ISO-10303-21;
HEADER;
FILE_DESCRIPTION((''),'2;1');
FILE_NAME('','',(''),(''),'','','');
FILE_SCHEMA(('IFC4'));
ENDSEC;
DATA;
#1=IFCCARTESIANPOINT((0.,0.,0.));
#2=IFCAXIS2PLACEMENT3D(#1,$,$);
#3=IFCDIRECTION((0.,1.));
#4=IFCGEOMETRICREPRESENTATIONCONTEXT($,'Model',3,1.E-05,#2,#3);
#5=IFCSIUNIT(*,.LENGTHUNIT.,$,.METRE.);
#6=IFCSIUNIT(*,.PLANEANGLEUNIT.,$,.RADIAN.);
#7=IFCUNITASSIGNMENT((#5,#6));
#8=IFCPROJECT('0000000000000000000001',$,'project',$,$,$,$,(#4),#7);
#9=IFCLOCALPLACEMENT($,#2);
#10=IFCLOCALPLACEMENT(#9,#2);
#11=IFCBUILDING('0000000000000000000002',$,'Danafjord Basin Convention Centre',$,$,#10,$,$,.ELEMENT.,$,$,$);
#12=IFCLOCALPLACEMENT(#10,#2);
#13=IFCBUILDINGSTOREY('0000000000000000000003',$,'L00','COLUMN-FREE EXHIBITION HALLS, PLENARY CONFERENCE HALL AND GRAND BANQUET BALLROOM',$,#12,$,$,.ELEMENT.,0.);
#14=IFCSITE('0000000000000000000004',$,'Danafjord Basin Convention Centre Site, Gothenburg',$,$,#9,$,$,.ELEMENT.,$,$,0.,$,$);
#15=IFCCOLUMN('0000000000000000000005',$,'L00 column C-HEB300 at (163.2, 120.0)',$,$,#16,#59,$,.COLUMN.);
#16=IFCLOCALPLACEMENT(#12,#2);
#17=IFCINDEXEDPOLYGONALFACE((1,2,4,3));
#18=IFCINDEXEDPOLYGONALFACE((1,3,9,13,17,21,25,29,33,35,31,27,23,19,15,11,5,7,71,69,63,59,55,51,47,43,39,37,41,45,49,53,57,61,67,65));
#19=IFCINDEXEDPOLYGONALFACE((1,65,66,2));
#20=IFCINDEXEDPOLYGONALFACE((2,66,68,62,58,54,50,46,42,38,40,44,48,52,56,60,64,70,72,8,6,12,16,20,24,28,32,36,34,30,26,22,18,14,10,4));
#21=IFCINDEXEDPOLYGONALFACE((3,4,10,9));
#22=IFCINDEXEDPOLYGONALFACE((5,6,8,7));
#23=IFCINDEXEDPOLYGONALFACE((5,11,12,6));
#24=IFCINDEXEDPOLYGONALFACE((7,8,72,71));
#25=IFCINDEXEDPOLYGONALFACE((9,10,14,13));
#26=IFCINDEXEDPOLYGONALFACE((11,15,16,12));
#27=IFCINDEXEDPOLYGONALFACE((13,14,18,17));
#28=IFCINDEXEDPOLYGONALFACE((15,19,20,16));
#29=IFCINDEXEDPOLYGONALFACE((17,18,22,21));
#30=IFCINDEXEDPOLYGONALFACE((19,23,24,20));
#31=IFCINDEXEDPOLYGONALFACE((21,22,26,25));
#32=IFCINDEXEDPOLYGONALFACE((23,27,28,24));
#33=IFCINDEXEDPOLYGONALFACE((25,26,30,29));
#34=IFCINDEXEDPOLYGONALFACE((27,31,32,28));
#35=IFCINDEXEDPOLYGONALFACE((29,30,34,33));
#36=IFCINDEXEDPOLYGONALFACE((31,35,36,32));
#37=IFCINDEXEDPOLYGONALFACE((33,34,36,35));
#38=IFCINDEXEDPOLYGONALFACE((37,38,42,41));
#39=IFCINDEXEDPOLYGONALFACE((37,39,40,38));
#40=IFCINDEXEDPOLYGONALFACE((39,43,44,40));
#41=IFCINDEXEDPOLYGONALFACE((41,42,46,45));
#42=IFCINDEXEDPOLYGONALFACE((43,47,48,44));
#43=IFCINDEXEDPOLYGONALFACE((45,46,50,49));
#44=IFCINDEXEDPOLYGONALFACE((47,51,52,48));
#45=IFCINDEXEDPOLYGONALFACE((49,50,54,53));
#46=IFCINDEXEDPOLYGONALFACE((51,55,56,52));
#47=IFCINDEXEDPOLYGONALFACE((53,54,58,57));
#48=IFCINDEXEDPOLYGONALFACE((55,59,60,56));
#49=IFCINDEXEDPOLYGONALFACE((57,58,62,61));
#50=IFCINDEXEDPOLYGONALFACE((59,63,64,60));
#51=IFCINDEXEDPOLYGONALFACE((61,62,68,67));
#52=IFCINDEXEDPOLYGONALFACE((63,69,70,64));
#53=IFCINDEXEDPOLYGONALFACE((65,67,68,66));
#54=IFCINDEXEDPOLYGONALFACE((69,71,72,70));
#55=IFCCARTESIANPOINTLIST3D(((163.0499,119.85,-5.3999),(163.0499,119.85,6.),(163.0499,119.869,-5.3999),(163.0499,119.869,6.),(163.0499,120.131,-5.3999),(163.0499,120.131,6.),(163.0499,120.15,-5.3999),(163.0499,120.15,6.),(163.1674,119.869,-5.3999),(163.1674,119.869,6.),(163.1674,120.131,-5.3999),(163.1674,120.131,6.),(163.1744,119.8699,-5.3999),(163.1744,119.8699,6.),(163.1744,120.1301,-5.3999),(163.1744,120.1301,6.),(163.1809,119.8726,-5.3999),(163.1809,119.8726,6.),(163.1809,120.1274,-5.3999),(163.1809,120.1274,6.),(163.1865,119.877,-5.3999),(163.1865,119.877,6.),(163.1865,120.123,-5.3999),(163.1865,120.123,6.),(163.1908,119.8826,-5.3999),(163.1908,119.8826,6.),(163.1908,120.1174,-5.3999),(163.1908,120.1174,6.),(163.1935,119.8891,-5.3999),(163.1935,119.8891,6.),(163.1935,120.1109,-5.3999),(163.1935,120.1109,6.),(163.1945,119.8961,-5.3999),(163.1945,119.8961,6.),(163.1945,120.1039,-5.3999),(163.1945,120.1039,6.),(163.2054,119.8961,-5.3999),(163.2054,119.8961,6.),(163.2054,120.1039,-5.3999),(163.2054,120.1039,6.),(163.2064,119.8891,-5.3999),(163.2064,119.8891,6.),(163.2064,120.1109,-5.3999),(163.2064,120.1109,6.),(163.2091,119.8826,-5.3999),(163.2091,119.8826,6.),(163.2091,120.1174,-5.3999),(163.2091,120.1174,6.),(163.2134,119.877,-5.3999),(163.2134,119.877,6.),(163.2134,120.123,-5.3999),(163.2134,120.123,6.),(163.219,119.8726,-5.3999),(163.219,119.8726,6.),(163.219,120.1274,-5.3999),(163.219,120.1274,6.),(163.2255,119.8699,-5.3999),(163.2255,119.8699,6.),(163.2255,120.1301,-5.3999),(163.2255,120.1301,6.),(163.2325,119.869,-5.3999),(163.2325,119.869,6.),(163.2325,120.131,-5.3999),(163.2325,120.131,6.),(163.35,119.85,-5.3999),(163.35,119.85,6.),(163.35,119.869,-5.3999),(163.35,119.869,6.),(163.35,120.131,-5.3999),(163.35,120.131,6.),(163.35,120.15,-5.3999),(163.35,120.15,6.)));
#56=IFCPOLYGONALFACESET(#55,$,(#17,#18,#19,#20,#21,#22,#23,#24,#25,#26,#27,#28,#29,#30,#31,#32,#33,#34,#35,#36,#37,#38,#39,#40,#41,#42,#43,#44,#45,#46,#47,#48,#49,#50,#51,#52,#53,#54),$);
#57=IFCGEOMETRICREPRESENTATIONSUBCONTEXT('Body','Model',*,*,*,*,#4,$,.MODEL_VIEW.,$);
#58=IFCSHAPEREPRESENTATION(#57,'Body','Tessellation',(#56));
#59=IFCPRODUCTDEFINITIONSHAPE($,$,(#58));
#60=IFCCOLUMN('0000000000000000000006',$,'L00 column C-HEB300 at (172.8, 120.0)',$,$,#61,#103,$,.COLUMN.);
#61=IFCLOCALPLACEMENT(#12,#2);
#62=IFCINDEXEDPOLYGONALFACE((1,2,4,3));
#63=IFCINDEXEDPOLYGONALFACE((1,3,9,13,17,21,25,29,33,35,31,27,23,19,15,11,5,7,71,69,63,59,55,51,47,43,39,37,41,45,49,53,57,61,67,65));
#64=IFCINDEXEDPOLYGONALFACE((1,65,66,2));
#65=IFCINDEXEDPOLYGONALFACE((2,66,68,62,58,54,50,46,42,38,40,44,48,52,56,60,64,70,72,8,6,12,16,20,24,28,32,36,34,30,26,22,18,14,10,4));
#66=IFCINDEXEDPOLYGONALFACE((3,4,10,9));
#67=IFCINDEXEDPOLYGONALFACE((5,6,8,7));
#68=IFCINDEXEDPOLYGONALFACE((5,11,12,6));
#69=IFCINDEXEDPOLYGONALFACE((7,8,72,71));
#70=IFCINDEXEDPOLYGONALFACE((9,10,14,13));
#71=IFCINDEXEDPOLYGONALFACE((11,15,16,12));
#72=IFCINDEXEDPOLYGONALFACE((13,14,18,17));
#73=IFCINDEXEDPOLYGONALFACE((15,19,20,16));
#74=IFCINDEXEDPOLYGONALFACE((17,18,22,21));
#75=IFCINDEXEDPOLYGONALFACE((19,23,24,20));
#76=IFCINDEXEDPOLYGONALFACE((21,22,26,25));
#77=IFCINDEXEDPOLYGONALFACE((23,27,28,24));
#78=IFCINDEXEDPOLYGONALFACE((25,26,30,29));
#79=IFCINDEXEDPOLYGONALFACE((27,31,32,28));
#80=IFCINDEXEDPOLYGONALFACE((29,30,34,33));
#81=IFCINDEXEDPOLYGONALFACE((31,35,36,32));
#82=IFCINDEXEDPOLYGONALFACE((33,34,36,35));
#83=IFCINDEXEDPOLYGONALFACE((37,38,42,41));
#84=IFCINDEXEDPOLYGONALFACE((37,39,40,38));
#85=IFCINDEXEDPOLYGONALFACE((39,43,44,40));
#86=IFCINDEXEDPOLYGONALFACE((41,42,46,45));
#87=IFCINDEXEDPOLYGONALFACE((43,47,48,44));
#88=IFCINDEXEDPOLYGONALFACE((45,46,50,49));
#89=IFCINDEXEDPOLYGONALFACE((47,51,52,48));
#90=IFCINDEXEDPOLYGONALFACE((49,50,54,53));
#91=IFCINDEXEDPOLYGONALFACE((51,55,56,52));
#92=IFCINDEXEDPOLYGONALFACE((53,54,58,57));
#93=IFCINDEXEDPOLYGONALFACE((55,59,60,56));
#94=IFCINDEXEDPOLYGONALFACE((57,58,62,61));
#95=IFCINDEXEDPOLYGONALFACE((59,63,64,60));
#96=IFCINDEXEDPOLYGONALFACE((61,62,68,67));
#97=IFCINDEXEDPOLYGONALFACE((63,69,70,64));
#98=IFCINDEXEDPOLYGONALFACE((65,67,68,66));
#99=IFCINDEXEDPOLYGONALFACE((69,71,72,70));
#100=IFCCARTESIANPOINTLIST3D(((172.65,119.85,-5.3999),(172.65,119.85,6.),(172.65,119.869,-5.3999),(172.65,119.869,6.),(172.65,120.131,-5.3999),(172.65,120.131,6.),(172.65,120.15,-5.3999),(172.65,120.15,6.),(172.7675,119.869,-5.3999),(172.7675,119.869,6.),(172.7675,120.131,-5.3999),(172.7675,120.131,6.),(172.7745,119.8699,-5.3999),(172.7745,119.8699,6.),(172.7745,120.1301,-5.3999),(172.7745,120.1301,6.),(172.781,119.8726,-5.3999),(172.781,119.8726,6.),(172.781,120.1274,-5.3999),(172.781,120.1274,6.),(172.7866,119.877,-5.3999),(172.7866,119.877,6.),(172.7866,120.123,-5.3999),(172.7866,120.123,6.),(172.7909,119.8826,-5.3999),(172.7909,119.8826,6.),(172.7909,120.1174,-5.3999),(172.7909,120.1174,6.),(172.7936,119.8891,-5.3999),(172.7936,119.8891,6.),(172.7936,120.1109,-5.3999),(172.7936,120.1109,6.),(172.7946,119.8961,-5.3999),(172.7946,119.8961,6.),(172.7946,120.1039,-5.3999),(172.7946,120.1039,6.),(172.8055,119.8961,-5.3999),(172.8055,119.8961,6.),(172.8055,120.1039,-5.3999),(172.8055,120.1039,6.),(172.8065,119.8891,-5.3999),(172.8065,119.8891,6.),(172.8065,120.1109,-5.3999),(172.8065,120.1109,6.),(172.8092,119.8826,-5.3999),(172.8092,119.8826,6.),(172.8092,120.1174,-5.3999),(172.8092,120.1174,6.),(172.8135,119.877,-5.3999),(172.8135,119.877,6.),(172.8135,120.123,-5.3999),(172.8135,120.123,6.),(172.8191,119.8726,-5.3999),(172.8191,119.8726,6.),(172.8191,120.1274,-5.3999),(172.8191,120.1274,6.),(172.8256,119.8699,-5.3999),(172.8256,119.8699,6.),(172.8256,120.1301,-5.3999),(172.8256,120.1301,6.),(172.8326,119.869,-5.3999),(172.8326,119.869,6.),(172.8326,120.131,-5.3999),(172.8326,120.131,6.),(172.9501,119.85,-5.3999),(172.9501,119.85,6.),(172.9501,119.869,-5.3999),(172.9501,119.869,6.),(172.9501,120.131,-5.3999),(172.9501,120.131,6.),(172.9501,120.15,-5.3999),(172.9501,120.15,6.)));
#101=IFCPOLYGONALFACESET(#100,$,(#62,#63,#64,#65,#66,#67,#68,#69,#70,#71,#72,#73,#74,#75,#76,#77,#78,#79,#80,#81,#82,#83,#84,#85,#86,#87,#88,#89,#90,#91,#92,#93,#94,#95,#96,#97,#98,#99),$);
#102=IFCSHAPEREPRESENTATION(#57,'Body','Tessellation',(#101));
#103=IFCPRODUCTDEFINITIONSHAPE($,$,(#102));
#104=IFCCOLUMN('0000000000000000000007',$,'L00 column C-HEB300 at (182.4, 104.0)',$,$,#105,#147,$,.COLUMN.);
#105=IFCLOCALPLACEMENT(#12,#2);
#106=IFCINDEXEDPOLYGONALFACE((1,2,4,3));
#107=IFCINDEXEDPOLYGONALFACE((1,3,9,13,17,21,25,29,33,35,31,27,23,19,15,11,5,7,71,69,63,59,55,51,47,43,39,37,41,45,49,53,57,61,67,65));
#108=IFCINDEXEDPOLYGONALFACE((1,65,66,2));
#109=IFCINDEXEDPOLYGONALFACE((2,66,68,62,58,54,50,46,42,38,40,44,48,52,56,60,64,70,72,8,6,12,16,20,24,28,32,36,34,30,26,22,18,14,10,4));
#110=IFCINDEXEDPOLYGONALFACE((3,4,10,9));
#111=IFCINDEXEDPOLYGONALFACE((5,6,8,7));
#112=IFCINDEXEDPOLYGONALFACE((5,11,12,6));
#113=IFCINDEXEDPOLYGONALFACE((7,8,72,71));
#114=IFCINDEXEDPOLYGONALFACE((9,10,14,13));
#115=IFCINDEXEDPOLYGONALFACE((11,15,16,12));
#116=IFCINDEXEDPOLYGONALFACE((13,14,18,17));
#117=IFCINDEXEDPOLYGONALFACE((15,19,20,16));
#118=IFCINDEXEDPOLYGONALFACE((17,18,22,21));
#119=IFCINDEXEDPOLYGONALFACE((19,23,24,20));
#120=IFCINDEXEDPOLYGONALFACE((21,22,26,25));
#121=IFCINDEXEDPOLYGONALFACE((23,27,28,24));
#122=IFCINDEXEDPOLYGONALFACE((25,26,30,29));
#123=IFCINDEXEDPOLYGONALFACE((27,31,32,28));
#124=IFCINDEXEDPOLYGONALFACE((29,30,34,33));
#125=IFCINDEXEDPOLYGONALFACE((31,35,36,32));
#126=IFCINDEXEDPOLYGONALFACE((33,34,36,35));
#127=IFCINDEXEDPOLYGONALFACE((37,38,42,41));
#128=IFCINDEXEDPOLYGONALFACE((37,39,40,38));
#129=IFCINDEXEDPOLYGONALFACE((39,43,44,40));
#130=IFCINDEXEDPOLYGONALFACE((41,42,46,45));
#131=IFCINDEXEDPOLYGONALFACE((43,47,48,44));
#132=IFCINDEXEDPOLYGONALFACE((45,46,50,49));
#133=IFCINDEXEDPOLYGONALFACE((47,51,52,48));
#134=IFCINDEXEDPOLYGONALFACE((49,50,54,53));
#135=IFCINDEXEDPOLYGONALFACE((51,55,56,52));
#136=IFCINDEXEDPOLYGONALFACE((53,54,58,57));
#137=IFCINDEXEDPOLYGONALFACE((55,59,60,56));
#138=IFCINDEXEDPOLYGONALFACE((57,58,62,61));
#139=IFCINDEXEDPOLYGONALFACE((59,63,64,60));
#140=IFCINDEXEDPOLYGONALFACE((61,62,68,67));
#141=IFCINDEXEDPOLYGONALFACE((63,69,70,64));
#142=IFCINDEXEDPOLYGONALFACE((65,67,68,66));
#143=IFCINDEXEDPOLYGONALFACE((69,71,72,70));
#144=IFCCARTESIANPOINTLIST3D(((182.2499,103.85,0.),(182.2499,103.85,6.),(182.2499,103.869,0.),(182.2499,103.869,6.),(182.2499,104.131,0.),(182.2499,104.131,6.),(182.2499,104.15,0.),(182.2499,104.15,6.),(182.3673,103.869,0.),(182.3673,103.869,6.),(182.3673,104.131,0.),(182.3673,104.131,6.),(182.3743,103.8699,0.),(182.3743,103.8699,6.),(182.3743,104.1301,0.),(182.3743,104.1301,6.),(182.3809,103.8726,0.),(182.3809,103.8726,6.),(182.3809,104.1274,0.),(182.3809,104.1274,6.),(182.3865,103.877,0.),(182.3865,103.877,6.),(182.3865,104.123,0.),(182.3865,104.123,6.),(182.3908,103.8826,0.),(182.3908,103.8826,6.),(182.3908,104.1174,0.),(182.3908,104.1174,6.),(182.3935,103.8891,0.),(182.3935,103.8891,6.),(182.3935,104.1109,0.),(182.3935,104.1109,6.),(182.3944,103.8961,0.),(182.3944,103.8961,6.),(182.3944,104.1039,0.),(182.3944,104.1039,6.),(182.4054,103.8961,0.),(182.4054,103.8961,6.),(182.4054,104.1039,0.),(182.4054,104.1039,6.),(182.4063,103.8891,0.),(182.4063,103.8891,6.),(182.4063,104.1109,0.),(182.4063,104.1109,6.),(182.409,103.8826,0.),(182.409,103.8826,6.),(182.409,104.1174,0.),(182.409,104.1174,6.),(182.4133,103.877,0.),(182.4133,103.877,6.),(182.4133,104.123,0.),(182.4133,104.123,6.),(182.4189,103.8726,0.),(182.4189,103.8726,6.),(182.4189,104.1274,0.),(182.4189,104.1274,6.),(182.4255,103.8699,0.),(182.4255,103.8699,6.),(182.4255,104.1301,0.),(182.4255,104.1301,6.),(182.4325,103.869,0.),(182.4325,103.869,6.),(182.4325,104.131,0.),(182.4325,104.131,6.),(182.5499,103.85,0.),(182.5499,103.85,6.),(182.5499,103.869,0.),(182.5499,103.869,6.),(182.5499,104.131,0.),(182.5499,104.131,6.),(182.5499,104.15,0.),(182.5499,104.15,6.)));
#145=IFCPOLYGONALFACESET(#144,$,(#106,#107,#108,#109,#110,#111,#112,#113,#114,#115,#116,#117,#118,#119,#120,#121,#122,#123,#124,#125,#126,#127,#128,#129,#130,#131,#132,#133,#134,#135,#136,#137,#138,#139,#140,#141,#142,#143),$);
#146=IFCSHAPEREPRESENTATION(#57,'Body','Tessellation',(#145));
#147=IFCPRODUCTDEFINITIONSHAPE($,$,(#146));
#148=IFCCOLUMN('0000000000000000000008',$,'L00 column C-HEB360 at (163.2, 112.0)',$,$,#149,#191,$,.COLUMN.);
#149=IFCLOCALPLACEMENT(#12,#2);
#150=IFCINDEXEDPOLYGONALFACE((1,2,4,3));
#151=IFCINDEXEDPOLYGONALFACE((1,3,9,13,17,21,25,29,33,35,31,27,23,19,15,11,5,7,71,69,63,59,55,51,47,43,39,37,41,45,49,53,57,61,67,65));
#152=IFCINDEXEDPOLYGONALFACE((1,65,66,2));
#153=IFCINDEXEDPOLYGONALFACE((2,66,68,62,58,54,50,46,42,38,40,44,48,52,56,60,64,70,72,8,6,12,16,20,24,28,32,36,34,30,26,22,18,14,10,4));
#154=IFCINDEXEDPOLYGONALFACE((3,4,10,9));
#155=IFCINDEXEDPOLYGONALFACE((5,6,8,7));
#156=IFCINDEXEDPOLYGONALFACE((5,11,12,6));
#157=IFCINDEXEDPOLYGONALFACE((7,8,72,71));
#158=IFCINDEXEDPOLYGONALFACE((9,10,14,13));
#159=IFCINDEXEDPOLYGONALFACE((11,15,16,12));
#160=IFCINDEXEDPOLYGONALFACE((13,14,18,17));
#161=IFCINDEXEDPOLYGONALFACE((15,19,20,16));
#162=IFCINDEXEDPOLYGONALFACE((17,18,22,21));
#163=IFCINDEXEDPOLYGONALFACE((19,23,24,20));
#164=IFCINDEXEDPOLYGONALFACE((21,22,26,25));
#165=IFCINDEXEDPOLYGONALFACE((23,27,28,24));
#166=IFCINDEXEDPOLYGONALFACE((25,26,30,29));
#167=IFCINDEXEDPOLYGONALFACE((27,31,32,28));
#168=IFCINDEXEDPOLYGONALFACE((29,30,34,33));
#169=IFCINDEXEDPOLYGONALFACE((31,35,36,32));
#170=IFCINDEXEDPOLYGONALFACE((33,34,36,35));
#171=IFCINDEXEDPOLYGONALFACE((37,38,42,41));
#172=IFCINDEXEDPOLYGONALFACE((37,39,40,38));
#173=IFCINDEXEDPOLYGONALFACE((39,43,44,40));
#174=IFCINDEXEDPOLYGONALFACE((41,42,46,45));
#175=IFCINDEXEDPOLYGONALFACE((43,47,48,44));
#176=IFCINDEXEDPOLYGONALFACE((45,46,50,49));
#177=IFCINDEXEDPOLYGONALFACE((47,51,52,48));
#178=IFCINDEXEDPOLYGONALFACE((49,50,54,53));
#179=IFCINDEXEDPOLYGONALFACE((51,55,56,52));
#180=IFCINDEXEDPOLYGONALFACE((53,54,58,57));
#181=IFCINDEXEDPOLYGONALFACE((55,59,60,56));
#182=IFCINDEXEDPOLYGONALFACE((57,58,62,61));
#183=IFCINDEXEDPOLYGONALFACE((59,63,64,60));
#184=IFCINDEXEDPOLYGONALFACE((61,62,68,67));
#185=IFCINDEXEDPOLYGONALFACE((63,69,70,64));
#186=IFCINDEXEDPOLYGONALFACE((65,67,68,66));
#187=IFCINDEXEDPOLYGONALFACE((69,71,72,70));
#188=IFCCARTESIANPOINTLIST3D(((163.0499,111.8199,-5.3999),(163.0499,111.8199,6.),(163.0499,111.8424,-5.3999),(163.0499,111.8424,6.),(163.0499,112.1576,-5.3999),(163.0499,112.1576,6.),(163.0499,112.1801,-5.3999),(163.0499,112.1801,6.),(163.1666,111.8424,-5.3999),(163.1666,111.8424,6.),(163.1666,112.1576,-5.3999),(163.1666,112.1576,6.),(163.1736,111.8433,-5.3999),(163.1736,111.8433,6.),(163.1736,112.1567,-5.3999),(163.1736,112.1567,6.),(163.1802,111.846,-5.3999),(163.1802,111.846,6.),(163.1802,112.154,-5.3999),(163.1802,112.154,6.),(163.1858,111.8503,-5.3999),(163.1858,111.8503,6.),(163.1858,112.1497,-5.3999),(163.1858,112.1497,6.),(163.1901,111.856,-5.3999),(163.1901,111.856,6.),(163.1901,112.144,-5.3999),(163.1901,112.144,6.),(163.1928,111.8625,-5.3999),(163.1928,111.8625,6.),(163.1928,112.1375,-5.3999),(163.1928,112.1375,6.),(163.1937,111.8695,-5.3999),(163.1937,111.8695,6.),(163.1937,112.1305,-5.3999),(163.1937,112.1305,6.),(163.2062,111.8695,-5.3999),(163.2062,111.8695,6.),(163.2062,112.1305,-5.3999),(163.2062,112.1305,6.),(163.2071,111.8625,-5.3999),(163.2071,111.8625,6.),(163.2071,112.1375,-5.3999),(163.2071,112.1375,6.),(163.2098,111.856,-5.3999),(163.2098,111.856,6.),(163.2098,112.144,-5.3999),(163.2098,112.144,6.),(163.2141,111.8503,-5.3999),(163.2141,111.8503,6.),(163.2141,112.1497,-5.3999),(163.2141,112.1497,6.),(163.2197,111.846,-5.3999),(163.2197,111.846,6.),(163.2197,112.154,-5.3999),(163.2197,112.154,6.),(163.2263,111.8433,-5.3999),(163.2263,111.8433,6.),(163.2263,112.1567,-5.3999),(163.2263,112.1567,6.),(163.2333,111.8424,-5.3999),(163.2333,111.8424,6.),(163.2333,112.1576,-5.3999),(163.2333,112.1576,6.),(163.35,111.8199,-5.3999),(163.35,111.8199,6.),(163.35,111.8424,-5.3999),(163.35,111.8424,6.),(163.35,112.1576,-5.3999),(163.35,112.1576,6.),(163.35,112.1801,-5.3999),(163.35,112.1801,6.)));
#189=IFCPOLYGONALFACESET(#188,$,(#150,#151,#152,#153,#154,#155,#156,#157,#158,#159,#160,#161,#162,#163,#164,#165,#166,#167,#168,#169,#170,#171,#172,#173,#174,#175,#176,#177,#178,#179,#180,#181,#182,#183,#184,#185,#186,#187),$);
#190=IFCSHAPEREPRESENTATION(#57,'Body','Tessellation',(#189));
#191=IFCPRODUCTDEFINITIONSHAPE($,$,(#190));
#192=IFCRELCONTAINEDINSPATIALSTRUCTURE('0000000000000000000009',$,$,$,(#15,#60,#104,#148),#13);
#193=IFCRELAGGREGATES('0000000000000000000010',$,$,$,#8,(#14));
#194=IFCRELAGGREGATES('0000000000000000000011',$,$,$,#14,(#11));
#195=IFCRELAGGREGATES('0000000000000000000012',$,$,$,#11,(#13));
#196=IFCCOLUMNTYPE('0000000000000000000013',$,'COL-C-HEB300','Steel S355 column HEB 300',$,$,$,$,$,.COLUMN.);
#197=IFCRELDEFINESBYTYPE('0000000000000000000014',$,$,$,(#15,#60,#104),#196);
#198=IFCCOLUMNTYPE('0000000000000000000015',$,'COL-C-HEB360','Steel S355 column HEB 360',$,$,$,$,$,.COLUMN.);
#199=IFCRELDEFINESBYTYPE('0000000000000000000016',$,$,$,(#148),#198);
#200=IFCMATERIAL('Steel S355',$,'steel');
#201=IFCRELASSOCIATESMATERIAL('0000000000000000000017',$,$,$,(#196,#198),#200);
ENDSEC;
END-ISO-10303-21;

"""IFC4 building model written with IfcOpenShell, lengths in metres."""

from ifc_helpers import new_model, si_unit, direction, frame, origin, origin_2d, place, context, subcontext, project, spatial, i_section, extrude, material, material_profile, profile_set, type_object, element, save


model = new_model("IFC4")

# Units and contexts
model_context = context("Model", 3, precision=1e-05, world=origin(), true_north=direction((0.0, 1.0)))
body_context = subcontext(model_context, "Body", "Model", "MODEL_VIEW")
ifc_project = project(units=[si_unit("LENGTHUNIT", "METRE"), si_unit("PLANEANGLEUNIT", "RADIAN")], contexts=[model_context])

# Site, building, storey
site_placement = place(None, origin())
site = spatial("IfcSite", under=ifc_project, at=site_placement, Name="Danafjord Basin Convention Centre Site, Gothenburg", CompositionType="ELEMENT", RefElevation=0.0)
building_placement = place(site_placement, origin())
building = spatial("IfcBuilding", under=site, at=building_placement, Name="Danafjord Basin Convention Centre", CompositionType="ELEMENT")
storey_placement = place(building_placement, origin())
storey = spatial("IfcBuildingStorey", under=building, at=storey_placement, Name="L00", Description="COLUMN-FREE EXHIBITION HALLS, PLENARY CONFERENCE HALL AND GRAND BANQUET BALLROOM", CompositionType="ELEMENT", Elevation=0.0)

# Columns
ifc_material_1 = material(Name="Steel S355", Category="steel")
ifc_material_profile_1 = material_profile(ifc_material_1, i_section(OverallWidth=0.3, OverallDepth=0.3, WebThickness=0.011, FlangeThickness=0.019, FilletRadius=0.0271, at=origin_2d()), Name="HEB 300")
ifc_profile_set_1 = profile_set([ifc_material_profile_1], Name="Steel S355")
column_type_1 = type_object("IfcColumnType", Name="COL-C-HEB300", Description="Steel S355 column HEB 300", PredefinedType="COLUMN", material=ifc_profile_set_1)
for number, where, z_axis, x_axis, name in (
    (1, (163.2, 120.0, -5.3999), (0.0, 0.0, 1.0), (1.0, 0.0, 0.0), "L00 column C-HEB300 at (163.2, 120.0)"),
    (2, (172.8, 120.0, -5.3999), (0.0, 0.0, 1.0), (1.0, 0.0, 0.0), "L00 column C-HEB300 at (172.8, 120.0)"),
):
    element("IfcColumn", number, at=place(storey_placement, frame(where, z_axis=z_axis, x_axis=x_axis)), inside=storey, type_object=column_type_1, Name=name, PredefinedType="COLUMN", context=body_context, shape_type="SweptSolid", body=[
        extrude(i_section(OverallWidth=0.3, OverallDepth=0.3, WebThickness=0.011, FlangeThickness=0.019, FilletRadius=0.0271, at=origin_2d()), origin(), (0.0, 0.0, 1.0), 11.3999),
    ])
column_1_placement = place(storey_placement, frame((182.3999, 104.0, 0.0), z_axis=(0.0, 0.0, 1.0), x_axis=(1.0, 0.0, 0.0)))
element("IfcColumn", 3, at=column_1_placement, inside=storey, type_object=column_type_1, Name="L00 column C-HEB300 at (182.4, 104.0)", PredefinedType="COLUMN", context=body_context, shape_type="SweptSolid", body=[
    extrude(i_section(OverallWidth=0.3, OverallDepth=0.3, WebThickness=0.011, FlangeThickness=0.019, FilletRadius=0.0271, at=origin_2d()), origin(), (0.0, 0.0, 1.0), 6.0),
])
ifc_material_profile_2 = material_profile(ifc_material_1, i_section(OverallWidth=0.3, OverallDepth=0.3601, WebThickness=0.0125, FlangeThickness=0.0225, FilletRadius=0.0271, at=origin_2d()), Name="HEB 360")
ifc_profile_set_2 = profile_set([ifc_material_profile_2], Name="Steel S355")
column_type_2 = type_object("IfcColumnType", Name="COL-C-HEB360", Description="Steel S355 column HEB 360", PredefinedType="COLUMN", material=ifc_profile_set_2)
for number, where, z_axis, x_axis, name in (
    (4, (163.2, 112.0, -5.3999), (0.0, 0.0, 1.0), (1.0, 0.0, 0.0), "L00 column C-HEB360 at (163.2, 112.0)"),
):
    element("IfcColumn", number, at=place(storey_placement, frame(where, z_axis=z_axis, x_axis=x_axis)), inside=storey, type_object=column_type_2, Name=name, PredefinedType="COLUMN", context=body_context, shape_type="SweptSolid", body=[
        extrude(i_section(OverallWidth=0.3, OverallDepth=0.3601, WebThickness=0.0125, FlangeThickness=0.0225, FilletRadius=0.0271, at=origin_2d()), origin(), (0.0, 0.0, 1.0), 11.3999),
    ])

save(model, "model.ifc")
